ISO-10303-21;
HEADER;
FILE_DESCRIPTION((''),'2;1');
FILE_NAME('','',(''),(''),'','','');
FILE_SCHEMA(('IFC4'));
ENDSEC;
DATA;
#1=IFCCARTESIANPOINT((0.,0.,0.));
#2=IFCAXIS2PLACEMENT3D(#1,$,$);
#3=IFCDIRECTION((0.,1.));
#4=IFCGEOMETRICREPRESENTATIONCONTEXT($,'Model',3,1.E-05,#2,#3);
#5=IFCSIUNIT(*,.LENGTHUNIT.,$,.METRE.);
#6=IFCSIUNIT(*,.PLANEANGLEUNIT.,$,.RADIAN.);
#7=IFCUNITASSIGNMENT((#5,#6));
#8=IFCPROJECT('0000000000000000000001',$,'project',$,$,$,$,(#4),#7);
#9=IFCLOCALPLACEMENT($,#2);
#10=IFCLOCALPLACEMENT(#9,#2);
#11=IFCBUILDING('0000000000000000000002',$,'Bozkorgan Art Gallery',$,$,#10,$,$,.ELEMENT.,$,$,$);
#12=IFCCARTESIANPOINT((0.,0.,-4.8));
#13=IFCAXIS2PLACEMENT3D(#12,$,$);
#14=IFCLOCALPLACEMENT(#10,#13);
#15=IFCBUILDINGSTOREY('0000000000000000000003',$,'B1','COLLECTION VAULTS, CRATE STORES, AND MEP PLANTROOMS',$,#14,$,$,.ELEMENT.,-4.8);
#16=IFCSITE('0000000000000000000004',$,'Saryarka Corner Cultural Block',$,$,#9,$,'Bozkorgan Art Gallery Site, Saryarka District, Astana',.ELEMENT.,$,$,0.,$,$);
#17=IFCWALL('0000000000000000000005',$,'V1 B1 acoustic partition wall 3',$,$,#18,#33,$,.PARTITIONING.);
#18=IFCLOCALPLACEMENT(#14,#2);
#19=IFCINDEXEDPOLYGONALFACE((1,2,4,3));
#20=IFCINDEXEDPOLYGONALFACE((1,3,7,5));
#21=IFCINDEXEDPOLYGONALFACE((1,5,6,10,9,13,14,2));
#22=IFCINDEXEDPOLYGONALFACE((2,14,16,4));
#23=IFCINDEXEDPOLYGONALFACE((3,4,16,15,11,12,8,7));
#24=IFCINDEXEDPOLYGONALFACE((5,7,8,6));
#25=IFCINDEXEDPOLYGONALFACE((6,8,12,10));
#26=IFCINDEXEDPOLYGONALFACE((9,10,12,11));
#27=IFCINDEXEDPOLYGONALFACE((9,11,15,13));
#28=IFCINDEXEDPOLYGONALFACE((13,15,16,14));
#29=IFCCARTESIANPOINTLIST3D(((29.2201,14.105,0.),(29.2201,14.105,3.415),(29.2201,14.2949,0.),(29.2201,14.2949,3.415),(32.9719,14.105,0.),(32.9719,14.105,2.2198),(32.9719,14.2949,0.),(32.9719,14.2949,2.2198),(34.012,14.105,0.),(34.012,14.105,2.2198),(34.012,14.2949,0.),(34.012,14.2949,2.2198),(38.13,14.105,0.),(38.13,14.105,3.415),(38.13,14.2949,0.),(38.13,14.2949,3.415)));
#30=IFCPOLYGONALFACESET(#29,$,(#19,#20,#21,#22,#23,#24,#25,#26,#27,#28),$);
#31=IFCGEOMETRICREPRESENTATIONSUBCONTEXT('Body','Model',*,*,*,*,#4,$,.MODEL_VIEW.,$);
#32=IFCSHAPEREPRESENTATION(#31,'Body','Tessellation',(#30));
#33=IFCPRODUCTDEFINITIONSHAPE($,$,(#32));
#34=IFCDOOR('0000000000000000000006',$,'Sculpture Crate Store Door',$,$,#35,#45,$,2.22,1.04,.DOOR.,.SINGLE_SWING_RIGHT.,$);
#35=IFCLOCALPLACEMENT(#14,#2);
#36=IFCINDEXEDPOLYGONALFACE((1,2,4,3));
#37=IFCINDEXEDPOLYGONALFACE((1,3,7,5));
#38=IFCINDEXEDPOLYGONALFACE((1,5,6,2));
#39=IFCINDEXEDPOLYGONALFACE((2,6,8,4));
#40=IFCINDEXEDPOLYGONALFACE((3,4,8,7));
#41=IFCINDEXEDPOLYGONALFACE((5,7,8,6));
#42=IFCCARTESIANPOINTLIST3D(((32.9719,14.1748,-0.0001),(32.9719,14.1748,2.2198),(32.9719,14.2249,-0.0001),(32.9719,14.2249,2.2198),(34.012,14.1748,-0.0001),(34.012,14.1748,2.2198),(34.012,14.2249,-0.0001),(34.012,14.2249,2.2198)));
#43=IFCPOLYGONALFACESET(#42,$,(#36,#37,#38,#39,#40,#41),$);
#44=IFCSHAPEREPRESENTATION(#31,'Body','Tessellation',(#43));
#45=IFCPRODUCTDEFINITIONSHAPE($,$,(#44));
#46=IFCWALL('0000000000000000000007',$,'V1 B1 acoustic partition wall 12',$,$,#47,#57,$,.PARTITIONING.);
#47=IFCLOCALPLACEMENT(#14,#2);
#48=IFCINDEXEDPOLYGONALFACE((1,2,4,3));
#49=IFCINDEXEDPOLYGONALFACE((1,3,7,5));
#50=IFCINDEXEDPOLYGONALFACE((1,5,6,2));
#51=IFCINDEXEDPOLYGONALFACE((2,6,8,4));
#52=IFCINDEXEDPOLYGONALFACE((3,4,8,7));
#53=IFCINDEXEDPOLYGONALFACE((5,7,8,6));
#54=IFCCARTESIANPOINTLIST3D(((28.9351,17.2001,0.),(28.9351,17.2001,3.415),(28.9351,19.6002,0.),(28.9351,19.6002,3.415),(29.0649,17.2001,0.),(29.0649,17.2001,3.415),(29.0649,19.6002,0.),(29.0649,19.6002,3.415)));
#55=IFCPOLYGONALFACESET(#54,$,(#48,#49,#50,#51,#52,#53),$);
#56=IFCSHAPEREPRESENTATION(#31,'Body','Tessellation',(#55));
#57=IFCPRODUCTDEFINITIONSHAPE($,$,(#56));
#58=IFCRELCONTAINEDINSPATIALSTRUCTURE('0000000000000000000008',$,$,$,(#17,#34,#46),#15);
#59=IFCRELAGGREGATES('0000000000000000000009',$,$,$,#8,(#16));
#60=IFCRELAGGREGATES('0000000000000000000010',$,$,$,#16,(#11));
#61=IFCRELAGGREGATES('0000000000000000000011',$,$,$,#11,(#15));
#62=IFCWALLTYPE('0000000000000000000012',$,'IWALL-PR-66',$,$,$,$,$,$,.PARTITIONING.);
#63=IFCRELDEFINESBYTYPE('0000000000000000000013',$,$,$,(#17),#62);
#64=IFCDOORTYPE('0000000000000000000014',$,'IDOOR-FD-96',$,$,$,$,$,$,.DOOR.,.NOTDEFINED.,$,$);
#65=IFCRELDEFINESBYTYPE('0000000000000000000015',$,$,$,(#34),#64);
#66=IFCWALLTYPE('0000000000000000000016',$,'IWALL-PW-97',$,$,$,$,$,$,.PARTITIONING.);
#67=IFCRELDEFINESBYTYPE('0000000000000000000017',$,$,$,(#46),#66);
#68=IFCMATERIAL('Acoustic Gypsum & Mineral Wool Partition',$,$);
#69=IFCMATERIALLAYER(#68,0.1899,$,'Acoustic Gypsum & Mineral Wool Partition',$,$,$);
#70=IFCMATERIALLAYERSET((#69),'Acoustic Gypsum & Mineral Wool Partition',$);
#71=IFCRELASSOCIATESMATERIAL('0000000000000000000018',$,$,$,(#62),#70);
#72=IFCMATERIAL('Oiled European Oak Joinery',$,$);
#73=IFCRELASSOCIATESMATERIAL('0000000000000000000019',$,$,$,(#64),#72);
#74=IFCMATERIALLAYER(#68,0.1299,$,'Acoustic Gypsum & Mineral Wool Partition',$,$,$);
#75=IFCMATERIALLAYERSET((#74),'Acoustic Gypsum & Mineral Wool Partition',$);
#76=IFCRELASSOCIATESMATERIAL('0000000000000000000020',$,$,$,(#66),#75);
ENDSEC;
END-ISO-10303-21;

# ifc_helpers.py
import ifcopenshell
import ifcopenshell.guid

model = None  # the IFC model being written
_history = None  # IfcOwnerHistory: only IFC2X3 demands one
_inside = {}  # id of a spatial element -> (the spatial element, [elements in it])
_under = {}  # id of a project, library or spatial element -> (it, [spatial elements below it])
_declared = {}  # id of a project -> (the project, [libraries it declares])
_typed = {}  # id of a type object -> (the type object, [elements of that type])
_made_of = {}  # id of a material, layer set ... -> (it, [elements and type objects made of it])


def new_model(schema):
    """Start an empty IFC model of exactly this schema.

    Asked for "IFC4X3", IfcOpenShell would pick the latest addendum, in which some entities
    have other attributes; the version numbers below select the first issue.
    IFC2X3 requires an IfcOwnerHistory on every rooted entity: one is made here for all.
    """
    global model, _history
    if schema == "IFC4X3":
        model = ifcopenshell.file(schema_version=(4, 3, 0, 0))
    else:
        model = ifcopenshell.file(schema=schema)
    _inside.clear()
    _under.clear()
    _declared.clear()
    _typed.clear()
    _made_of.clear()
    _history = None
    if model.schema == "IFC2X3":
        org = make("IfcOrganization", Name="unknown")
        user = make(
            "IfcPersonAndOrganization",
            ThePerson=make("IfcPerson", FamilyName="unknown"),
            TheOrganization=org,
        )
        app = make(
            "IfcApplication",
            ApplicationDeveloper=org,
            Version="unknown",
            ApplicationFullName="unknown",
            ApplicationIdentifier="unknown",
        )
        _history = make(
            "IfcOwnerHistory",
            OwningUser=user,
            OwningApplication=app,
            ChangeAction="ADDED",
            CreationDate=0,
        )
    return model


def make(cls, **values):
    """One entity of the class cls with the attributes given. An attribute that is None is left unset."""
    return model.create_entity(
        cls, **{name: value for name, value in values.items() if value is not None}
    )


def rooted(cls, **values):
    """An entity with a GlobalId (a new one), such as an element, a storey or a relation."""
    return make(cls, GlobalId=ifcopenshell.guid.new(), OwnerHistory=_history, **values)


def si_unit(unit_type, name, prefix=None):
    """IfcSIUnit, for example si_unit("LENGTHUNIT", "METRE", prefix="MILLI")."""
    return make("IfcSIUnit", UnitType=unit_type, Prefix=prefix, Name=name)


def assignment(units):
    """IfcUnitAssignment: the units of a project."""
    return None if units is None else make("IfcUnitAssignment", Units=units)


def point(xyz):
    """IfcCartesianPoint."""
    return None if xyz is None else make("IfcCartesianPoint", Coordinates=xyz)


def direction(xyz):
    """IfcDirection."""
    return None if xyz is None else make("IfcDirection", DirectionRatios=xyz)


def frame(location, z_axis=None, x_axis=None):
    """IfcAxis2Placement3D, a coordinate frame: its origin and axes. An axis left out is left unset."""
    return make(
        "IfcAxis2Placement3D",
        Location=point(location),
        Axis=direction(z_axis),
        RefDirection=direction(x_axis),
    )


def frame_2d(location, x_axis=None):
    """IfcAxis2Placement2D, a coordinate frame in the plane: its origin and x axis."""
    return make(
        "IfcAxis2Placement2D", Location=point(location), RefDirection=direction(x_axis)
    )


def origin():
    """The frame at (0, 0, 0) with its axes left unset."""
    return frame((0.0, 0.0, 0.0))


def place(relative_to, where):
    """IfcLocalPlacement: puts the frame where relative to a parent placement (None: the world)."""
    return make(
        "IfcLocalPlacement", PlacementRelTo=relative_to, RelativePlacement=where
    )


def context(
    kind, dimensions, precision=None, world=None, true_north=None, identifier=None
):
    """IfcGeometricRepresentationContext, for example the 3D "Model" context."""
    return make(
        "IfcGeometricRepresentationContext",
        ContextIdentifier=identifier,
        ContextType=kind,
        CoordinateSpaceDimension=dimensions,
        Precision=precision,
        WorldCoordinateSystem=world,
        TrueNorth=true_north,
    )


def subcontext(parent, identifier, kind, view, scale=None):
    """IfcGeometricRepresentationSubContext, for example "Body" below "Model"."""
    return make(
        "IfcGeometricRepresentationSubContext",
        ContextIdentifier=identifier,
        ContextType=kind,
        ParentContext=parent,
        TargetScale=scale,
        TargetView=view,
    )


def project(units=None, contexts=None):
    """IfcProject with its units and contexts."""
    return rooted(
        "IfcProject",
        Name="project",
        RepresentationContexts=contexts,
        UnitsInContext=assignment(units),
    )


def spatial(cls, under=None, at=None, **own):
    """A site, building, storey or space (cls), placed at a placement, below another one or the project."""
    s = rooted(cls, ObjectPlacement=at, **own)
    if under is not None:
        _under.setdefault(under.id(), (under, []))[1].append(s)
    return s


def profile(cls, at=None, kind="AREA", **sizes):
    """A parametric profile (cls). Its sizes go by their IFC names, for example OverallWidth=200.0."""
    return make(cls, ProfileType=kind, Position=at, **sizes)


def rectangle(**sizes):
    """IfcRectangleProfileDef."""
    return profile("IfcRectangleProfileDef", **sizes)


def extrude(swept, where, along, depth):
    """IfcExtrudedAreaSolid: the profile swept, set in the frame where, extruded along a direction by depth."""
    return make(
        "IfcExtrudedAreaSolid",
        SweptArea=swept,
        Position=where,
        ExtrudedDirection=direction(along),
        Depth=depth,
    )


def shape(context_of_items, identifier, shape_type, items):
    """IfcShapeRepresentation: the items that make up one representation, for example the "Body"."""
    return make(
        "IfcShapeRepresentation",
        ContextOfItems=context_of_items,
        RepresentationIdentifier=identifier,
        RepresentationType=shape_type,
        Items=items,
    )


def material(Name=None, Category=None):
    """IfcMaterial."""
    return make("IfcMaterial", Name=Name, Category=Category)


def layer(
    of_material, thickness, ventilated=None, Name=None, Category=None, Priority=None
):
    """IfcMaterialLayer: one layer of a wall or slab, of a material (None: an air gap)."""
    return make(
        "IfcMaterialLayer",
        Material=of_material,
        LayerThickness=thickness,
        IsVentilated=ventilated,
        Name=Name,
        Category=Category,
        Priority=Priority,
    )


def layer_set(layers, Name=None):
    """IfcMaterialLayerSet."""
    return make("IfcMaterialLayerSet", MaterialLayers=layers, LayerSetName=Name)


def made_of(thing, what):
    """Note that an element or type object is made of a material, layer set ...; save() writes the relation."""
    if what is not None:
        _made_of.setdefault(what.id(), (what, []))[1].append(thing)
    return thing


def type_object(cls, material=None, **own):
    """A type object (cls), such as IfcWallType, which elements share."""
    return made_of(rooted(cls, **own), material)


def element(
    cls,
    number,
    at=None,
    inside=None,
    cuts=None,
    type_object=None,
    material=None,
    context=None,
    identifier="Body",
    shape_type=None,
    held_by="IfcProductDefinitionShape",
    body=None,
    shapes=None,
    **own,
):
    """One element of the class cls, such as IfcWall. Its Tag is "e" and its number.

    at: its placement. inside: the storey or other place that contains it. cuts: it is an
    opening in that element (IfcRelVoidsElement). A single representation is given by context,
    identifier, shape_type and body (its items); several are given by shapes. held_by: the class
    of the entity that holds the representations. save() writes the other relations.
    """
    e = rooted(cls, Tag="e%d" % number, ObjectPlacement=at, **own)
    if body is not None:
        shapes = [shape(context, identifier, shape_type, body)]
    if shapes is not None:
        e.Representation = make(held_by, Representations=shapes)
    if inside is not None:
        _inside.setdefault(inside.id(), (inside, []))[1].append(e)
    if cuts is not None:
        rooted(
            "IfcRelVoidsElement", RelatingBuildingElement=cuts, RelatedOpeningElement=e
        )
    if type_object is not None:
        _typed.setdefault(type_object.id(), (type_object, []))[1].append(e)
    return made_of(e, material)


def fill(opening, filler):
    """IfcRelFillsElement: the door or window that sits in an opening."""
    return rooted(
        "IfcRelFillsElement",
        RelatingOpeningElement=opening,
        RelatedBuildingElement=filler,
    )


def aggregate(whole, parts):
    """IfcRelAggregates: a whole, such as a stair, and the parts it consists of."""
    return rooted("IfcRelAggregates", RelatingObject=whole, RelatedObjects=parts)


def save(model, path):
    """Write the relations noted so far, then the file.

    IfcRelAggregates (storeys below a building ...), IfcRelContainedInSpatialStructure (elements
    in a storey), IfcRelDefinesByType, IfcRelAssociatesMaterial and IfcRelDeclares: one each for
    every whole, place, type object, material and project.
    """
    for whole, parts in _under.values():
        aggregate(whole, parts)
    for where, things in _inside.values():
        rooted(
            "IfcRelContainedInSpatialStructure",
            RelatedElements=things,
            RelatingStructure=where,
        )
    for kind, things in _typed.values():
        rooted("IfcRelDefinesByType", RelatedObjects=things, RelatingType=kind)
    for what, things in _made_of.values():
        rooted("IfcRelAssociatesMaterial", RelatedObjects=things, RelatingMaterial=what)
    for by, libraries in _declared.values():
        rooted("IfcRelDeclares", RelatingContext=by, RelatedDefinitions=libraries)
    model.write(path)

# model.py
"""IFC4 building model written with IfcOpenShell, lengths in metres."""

from ifc_helpers import new_model, si_unit, direction, frame, frame_2d, origin, place, context, subcontext, project, spatial, rectangle, extrude, material, layer, layer_set, type_object, element, fill, save


model = new_model("IFC4")

# Units and contexts
model_context = context("Model", 3, precision=1e-05, world=origin(), true_north=direction((0.0, 1.0)))
body_context = subcontext(model_context, "Body", "Model", "MODEL_VIEW")
ifc_project = project(units=[si_unit("LENGTHUNIT", "METRE"), si_unit("PLANEANGLEUNIT", "RADIAN")], contexts=[model_context])

# Site, building, storey
site_placement = place(None, origin())
site = spatial("IfcSite", under=ifc_project, at=site_placement, Name="Saryarka Corner Cultural Block", LongName="Bozkorgan Art Gallery Site, Saryarka District, Astana", CompositionType="ELEMENT", RefElevation=0.0)
building_placement = place(site_placement, origin())
building = spatial("IfcBuilding", under=site, at=building_placement, Name="Bozkorgan Art Gallery", CompositionType="ELEMENT")
storey_placement = place(building_placement, frame((0.0, 0.0, -4.8)))
storey = spatial("IfcBuildingStorey", under=building, at=storey_placement, Name="B1", Description="COLLECTION VAULTS, CRATE STORES, AND MEP PLANTROOMS", CompositionType="ELEMENT", Elevation=-4.8)

# Wall, opening, door
ifc_material_1 = material(Name="Acoustic Gypsum & Mineral Wool Partition")
ifc_layer_1 = layer(ifc_material_1, 0.1899, Name="Acoustic Gypsum & Mineral Wool Partition")
ifc_layer_set_1 = layer_set([ifc_layer_1], Name="Acoustic Gypsum & Mineral Wool Partition")
wall_type_1 = type_object("IfcWallType", Name="IWALL-PR-66", PredefinedType="PARTITIONING", material=ifc_layer_set_1)
wall_1_placement = place(storey_placement, frame((29.22, 14.2, 0.0), z_axis=(0.0, 0.0, 1.0), x_axis=(1.0, 0.0, 0.0)))
wall_1 = element("IfcWall", 1, at=wall_1_placement, inside=storey, type_object=wall_type_1, Name="V1 B1 acoustic partition wall 3", PredefinedType="PARTITIONING", context=body_context, shape_type="SweptSolid", body=[
    extrude(rectangle(XDim=8.9099, YDim=0.1899, at=frame_2d((4.4551, 0.0))), origin(), (0.0, 0.0, 1.0), 3.415),
])
opening_placement = place(wall_1_placement, frame((3.752, 0.0, 0.0)))
opening = element("IfcOpeningElement", 2, at=opening_placement, cuts=wall_1, PredefinedType="OPENING", context=body_context, shape_type="SweptSolid", body=[
    extrude(rectangle(XDim=1.04, YDim=2.22, at=frame_2d((0.52, 1.1099))), frame((0.0, 0.105, 0.0), z_axis=(0.0, -1.0, 0.0), x_axis=(1.0, 0.0, 0.0)), (0.0, 0.0, 1.0), 0.21),
])
ifc_material_2 = material(Name="Oiled European Oak Joinery")
door_type = type_object("IfcDoorType", Name="IDOOR-FD-96", OperationType="NOTDEFINED", PredefinedType="DOOR", material=ifc_material_2)
door_placement = place(opening_placement, origin())
door = element("IfcDoor", 3, at=door_placement, inside=storey, type_object=door_type, Name="Sculpture Crate Store Door", OperationType="SINGLE_SWING_RIGHT", OverallHeight=2.22, OverallWidth=1.04, PredefinedType="DOOR", context=body_context, shape_type="SweptSolid", body=[
    extrude(rectangle(XDim=1.04, YDim=2.22, at=frame_2d((0.52, 1.1099))), frame((0.0, 0.0249, 0.0), z_axis=(0.0, -1.0, 0.0), x_axis=(1.0, 0.0, 0.0)), (0.0, 0.0, 1.0), 0.05),
])
fill(opening, door)

# Wall
ifc_layer_2 = layer(ifc_material_1, 0.1299, Name="Acoustic Gypsum & Mineral Wool Partition")
ifc_layer_set_2 = layer_set([ifc_layer_2], Name="Acoustic Gypsum & Mineral Wool Partition")
wall_type_2 = type_object("IfcWallType", Name="IWALL-PW-97", PredefinedType="PARTITIONING", material=ifc_layer_set_2)
wall_2_placement = place(storey_placement, frame((29.0, 17.2, 0.0), z_axis=(0.0, 0.0, 1.0), x_axis=(0.0, 1.0, 0.0)))
element("IfcWall", 4, at=wall_2_placement, inside=storey, type_object=wall_type_2, Name="V1 B1 acoustic partition wall 12", PredefinedType="PARTITIONING", context=body_context, shape_type="SweptSolid", body=[
    extrude(rectangle(XDim=2.4001, YDim=0.1299, at=frame_2d((1.2002, 0.0))), origin(), (0.0, 0.0, 1.0), 3.415),
])

save(model, "model.ifc")
